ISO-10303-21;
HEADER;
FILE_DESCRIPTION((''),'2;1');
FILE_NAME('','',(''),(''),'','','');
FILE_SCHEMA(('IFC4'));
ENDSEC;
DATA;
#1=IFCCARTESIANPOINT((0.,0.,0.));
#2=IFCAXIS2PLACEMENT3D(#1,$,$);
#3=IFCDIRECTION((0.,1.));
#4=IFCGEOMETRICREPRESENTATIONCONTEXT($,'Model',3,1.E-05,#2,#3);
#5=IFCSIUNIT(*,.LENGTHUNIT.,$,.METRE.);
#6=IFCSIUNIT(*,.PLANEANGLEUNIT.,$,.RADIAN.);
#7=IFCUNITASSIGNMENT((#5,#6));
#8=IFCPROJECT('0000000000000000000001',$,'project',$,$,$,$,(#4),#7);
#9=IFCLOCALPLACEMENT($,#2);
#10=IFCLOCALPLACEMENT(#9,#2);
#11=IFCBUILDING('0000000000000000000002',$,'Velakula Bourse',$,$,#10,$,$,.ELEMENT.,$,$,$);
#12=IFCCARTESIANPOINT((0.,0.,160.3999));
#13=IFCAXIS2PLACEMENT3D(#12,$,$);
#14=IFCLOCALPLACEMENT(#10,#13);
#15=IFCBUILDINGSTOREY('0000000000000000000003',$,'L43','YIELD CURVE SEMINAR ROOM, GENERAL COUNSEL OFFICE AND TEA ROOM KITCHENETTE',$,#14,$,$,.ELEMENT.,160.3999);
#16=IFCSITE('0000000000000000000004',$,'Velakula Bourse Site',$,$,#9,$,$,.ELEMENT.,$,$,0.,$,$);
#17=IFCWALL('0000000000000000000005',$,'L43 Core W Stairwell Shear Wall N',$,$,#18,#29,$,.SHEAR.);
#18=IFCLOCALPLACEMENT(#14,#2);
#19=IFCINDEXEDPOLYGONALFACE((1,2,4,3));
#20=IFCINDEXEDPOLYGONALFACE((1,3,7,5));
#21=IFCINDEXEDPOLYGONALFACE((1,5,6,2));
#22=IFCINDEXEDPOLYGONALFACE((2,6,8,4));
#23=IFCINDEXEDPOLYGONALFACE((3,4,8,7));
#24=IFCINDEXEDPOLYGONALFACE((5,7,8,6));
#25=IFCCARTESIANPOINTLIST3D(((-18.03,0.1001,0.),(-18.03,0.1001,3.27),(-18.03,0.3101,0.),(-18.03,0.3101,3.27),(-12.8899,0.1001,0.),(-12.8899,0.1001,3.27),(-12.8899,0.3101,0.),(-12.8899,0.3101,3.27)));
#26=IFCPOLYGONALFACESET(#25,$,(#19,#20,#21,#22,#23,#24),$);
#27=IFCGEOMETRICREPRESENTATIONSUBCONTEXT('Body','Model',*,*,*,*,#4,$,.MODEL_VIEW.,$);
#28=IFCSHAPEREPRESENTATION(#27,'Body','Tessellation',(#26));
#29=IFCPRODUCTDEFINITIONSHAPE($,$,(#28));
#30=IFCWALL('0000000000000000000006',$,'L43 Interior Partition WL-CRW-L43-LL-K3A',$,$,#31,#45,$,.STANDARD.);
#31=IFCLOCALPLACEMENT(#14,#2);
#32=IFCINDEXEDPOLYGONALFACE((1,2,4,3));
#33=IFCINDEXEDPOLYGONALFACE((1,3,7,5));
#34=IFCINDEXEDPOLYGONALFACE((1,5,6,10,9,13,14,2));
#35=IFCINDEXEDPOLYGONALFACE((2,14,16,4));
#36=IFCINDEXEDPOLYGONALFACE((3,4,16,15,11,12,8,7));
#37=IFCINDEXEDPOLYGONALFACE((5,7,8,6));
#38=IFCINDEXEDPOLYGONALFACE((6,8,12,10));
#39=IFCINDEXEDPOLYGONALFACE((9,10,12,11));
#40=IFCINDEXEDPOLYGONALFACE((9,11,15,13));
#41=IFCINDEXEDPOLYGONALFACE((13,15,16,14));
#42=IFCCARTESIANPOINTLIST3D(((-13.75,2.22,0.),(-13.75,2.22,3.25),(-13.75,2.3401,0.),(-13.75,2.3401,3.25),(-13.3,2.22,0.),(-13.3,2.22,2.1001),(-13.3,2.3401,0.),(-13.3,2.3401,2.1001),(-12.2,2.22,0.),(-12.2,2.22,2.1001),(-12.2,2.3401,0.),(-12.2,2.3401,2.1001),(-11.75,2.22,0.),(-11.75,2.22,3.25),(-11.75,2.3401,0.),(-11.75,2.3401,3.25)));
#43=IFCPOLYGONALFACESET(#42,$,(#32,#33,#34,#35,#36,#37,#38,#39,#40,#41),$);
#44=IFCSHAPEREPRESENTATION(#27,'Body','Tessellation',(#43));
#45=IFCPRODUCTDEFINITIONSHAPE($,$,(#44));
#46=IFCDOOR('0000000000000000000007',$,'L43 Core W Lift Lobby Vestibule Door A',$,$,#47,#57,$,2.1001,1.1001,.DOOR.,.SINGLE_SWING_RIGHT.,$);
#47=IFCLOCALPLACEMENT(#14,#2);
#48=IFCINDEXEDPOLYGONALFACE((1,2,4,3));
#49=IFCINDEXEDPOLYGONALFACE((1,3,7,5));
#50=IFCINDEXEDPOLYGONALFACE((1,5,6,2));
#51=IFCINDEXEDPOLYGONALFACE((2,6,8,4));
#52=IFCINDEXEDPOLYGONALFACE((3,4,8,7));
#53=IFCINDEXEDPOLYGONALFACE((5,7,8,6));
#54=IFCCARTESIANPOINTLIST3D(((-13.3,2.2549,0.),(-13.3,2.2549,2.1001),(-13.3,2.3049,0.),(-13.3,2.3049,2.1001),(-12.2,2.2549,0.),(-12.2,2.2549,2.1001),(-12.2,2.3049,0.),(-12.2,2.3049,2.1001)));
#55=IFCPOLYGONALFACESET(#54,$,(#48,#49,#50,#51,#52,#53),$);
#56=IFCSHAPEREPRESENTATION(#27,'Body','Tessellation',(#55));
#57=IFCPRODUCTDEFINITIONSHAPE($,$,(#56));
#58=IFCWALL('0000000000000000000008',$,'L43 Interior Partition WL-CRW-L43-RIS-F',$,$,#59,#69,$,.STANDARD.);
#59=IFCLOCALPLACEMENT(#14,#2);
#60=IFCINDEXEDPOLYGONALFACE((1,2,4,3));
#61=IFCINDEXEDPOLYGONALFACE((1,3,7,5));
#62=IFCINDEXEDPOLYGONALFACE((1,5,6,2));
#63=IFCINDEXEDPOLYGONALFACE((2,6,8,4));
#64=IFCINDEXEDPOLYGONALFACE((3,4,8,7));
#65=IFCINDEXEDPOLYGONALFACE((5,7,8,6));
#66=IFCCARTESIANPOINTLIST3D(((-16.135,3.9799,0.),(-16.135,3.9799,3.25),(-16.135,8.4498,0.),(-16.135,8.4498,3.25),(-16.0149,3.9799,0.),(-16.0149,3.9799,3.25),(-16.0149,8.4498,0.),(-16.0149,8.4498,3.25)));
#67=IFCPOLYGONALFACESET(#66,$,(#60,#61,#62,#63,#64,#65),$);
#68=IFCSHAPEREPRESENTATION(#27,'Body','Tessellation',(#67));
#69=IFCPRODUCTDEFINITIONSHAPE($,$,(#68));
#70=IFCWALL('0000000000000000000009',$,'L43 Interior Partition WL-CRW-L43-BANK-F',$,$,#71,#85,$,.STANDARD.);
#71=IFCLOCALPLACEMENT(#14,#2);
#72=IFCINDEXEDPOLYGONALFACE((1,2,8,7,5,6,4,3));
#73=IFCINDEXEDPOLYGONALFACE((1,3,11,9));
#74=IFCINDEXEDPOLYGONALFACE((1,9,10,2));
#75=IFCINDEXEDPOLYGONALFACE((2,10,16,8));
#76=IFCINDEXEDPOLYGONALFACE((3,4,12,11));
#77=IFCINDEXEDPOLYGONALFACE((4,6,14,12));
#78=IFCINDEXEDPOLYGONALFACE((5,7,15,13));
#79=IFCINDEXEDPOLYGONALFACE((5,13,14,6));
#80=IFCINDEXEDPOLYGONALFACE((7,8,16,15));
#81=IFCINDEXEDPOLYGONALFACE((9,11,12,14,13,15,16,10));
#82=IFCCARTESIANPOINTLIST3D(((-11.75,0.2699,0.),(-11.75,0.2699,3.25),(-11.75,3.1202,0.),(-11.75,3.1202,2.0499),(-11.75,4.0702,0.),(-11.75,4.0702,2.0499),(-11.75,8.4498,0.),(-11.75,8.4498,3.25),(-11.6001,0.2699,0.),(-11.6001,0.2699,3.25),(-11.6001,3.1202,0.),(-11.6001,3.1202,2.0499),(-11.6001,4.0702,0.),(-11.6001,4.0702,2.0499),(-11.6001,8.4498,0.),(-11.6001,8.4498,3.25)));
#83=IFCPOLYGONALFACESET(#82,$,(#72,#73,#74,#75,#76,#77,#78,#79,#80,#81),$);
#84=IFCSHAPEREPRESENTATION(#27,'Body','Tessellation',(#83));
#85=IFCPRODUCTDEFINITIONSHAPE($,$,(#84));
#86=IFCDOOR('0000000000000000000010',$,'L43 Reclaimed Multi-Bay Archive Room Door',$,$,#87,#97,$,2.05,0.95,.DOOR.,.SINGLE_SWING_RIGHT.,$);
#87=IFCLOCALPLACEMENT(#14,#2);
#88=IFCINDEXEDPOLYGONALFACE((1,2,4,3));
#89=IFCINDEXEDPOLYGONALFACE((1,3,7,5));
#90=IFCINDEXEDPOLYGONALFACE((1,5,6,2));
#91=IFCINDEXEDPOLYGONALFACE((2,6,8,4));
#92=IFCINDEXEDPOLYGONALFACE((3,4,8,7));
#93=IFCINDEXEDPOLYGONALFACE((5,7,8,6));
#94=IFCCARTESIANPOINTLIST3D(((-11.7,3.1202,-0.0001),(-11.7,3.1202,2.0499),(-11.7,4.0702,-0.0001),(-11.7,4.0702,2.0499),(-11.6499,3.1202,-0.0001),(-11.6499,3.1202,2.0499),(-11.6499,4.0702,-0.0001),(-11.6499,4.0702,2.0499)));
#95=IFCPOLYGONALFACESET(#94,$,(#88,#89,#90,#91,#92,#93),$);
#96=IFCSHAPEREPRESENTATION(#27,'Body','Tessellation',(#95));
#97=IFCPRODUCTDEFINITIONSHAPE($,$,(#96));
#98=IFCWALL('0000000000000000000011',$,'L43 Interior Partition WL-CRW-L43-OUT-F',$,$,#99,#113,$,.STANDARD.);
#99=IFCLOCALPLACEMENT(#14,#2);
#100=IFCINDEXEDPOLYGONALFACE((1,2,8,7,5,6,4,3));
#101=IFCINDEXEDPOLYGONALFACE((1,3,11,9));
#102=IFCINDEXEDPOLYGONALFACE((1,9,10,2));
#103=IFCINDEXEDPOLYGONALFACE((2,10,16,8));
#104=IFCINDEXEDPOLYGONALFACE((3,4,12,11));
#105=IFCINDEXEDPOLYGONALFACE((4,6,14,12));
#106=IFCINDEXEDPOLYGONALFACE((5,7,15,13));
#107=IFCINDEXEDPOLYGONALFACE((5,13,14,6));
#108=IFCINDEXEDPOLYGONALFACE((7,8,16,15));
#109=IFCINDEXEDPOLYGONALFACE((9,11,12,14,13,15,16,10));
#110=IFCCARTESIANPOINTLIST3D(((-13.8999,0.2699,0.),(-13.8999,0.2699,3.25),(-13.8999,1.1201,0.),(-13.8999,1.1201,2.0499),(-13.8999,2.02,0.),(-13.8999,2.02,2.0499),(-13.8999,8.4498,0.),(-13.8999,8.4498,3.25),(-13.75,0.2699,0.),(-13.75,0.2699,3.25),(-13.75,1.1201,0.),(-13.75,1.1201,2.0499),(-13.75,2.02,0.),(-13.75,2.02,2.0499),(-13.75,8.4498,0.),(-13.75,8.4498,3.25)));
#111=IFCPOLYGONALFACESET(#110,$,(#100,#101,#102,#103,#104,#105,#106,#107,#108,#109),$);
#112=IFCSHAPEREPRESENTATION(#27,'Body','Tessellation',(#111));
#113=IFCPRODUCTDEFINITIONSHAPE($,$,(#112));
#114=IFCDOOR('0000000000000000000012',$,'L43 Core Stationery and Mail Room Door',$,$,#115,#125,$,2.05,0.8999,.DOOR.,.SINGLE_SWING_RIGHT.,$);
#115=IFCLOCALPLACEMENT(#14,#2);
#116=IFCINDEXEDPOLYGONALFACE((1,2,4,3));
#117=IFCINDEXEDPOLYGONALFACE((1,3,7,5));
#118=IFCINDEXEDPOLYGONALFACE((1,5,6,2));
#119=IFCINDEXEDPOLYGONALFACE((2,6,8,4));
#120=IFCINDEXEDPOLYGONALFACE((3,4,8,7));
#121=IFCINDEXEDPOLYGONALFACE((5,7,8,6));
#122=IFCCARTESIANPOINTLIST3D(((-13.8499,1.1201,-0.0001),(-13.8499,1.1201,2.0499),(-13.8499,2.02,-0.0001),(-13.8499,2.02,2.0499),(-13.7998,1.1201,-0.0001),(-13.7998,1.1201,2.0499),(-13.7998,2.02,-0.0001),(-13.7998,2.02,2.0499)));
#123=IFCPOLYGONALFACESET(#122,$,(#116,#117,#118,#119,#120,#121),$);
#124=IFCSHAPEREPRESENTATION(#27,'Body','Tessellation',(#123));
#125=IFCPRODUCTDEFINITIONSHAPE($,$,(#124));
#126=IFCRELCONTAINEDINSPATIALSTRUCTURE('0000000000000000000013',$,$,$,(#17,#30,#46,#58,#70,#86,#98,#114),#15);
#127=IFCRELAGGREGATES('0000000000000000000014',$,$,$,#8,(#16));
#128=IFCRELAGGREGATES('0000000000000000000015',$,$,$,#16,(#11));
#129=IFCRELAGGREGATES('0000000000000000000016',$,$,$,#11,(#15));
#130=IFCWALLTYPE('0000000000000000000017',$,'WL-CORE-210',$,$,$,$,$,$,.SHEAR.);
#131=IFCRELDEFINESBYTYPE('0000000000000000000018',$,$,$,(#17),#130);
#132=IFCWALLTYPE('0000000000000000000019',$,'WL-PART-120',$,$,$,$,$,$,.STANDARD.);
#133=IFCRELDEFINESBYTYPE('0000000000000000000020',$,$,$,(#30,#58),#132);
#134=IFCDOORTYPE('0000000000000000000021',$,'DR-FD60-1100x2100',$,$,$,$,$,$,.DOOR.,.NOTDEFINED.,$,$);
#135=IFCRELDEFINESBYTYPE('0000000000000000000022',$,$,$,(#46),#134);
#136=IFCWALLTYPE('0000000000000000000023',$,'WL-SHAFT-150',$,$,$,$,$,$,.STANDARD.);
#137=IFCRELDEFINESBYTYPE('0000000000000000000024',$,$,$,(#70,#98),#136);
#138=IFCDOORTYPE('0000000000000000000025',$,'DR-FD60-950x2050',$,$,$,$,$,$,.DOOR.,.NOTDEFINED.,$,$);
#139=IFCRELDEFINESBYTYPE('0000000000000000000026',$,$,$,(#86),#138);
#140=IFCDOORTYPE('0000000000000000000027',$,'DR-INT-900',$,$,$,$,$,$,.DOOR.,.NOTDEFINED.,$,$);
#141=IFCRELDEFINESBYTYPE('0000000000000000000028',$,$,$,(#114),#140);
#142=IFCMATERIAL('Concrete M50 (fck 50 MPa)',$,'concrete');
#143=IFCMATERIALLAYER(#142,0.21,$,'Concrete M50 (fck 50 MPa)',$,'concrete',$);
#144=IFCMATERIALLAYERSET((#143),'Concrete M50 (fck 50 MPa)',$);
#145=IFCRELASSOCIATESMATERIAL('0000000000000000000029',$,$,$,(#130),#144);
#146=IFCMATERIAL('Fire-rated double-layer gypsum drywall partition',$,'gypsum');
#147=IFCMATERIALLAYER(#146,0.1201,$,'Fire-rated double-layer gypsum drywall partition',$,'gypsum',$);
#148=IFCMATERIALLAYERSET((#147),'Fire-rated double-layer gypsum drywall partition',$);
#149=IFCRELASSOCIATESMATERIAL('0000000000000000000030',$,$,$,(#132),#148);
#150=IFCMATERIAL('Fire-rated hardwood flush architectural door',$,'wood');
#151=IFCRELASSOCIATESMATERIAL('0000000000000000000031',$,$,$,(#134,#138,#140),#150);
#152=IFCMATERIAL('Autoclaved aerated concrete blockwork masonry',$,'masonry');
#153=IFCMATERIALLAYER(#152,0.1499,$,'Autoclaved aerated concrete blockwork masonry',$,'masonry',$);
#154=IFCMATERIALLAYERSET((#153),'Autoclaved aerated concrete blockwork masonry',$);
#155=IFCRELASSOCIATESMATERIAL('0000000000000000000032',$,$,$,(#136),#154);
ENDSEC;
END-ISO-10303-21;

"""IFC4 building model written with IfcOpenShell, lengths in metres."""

from ifc_helpers import new_model, si_unit, direction, frame, frame_2d, origin, place, context, subcontext, project, spatial, rectangle, extrude, material, layer, layer_set, type_object, element, fill, save


model = new_model("IFC4")

# Units and contexts
model_context = context("Model", 3, precision=1e-05, world=origin(), true_north=direction((0.0, 1.0)))
body_context = subcontext(model_context, "Body", "Model", "MODEL_VIEW")
ifc_project = project(units=[si_unit("LENGTHUNIT", "METRE"), si_unit("PLANEANGLEUNIT", "RADIAN")], contexts=[model_context])

# Site, building, storey
site_placement = place(None, origin())
site = spatial("IfcSite", under=ifc_project, at=site_placement, Name="Velakula Bourse Site", CompositionType="ELEMENT", RefElevation=0.0)
building_placement = place(site_placement, origin())
building = spatial("IfcBuilding", under=site, at=building_placement, Name="Velakula Bourse", CompositionType="ELEMENT")
storey_placement = place(building_placement, frame((0.0, 0.0, 160.3999)))
storey = spatial("IfcBuildingStorey", under=building, at=storey_placement, Name="L43", Description="YIELD CURVE SEMINAR ROOM, GENERAL COUNSEL OFFICE AND TEA ROOM KITCHENETTE", CompositionType="ELEMENT", Elevation=160.3999)

# Wall
ifc_material_1 = material(Name="Concrete M50 (fck 50 MPa)", Category="concrete")
ifc_layer_1 = layer(ifc_material_1, 0.21, Name="Concrete M50 (fck 50 MPa)", Category="concrete")
ifc_layer_set_1 = layer_set([ifc_layer_1], Name="Concrete M50 (fck 50 MPa)")
wall_type_1 = type_object("IfcWallType", Name="WL-CORE-210", PredefinedType="SHEAR", material=ifc_layer_set_1)
wall_1_placement = place(storey_placement, frame((-12.8899, 0.2051, 0.0), z_axis=(0.0, 0.0, 1.0), x_axis=(-1.0, 0.0, 0.0)))
element("IfcWall", 1, at=wall_1_placement, inside=storey, type_object=wall_type_1, Name="L43 Core W Stairwell Shear Wall N", PredefinedType="SHEAR", context=body_context, shape_type="SweptSolid", body=[
    extrude(rectangle(XDim=5.1401, YDim=0.21, at=frame_2d((2.5701, 0.0))), origin(), (0.0, 0.0, 1.0), 3.27),
])

# Wall, opening, door
ifc_material_2 = material(Name="Fire-rated double-layer gypsum drywall partition", Category="gypsum")
ifc_layer_2 = layer(ifc_material_2, 0.1201, Name="Fire-rated double-layer gypsum drywall partition", Category="gypsum")
ifc_layer_set_2 = layer_set([ifc_layer_2], Name="Fire-rated double-layer gypsum drywall partition")
wall_type_2 = type_object("IfcWallType", Name="WL-PART-120", PredefinedType="STANDARD", material=ifc_layer_set_2)
wall_2_placement = place(storey_placement, frame((-13.75, 2.28, 0.0), z_axis=(0.0, 0.0, 1.0), x_axis=(1.0, 0.0, 0.0)))
wall_2 = element("IfcWall", 2, at=wall_2_placement, inside=storey, type_object=wall_type_2, Name="L43 Interior Partition WL-CRW-L43-LL-K3A", PredefinedType="STANDARD", context=body_context, shape_type="SweptSolid", body=[
    extrude(rectangle(XDim=2.0, YDim=0.1201, at=frame_2d((1.0, 0.0))), origin(), (0.0, 0.0, 1.0), 3.25),
])
opening_1_placement = place(wall_2_placement, frame((0.45, 0.0, 0.0)))
opening_1 = element("IfcOpeningElement", 3, at=opening_1_placement, cuts=wall_2, PredefinedType="OPENING", context=body_context, shape_type="SweptSolid", body=[
    extrude(rectangle(XDim=1.1001, YDim=2.1001, at=frame_2d((0.55, 1.05))), frame((0.0, 0.0701, 0.0), z_axis=(0.0, -1.0, 0.0), x_axis=(1.0, 0.0, 0.0)), (0.0, 0.0, 1.0), 0.1401),
])
ifc_material_3 = material(Name="Fire-rated hardwood flush architectural door", Category="wood")
door_type_1 = type_object("IfcDoorType", Name="DR-FD60-1100x2100", OperationType="NOTDEFINED", PredefinedType="DOOR", material=ifc_material_3)
door_1_placement = place(opening_1_placement, origin())
door_1 = element("IfcDoor", 4, at=door_1_placement, inside=storey, type_object=door_type_1, Name="L43 Core W Lift Lobby Vestibule Door A", OperationType="SINGLE_SWING_RIGHT", OverallHeight=2.1001, OverallWidth=1.1001, PredefinedType="DOOR", context=body_context, shape_type="SweptSolid", body=[
    extrude(rectangle(XDim=1.1001, YDim=2.1001, at=frame_2d((0.55, 1.05))), frame((0.0, 0.0249, 0.0), z_axis=(0.0, -1.0, 0.0), x_axis=(1.0, 0.0, 0.0)), (0.0, 0.0, 1.0), 0.05),
])
fill(opening_1, door_1)

# Wall
wall_3_placement = place(storey_placement, frame((-16.075, 3.98, 0.0), z_axis=(0.0, 0.0, 1.0), x_axis=(0.0, 1.0, 0.0)))
element("IfcWall", 5, at=wall_3_placement, inside=storey, type_object=wall_type_2, Name="L43 Interior Partition WL-CRW-L43-RIS-F", PredefinedType="STANDARD", context=body_context, shape_type="SweptSolid", body=[
    extrude(rectangle(XDim=4.47, YDim=0.1201, at=frame_2d((2.2349, 0.0))), origin(), (0.0, 0.0, 1.0), 3.25),
])

# Walls, openings, doors
ifc_material_4 = material(Name="Autoclaved aerated concrete blockwork masonry", Category="masonry")
ifc_layer_3 = layer(ifc_material_4, 0.1499, Name="Autoclaved aerated concrete blockwork masonry", Category="masonry")
ifc_layer_set_3 = layer_set([ifc_layer_3], Name="Autoclaved aerated concrete blockwork masonry")
wall_type_3 = type_object("IfcWallType", Name="WL-SHAFT-150", PredefinedType="STANDARD", material=ifc_layer_set_3)
wall_4_placement = place(storey_placement, frame((-11.675, 0.27, 0.0), z_axis=(0.0, 0.0, 1.0), x_axis=(0.0, 1.0, 0.0)))
wall_4 = element("IfcWall", 6, at=wall_4_placement, inside=storey, type_object=wall_type_3, Name="L43 Interior Partition WL-CRW-L43-BANK-F", PredefinedType="STANDARD", context=body_context, shape_type="SweptSolid", body=[
    extrude(rectangle(XDim=8.1799, YDim=0.1499, at=frame_2d((4.0898, 0.0))), origin(), (0.0, 0.0, 1.0), 3.25),
])
opening_2_placement = place(wall_4_placement, frame((2.8501, 0.0, 0.0)))
opening_2 = element("IfcOpeningElement", 7, at=opening_2_placement, cuts=wall_4, PredefinedType="OPENING", context=body_context, shape_type="SweptSolid", body=[
    extrude(rectangle(XDim=0.95, YDim=2.05, at=frame_2d((0.4751, 1.0249))), frame((0.0, 0.085, 0.0), z_axis=(0.0, -1.0, 0.0), x_axis=(1.0, 0.0, 0.0)), (0.0, 0.0, 1.0), 0.1699),
])
door_type_2 = type_object("IfcDoorType", Name="DR-FD60-950x2050", OperationType="NOTDEFINED", PredefinedType="DOOR", material=ifc_material_3)
door_2_placement = place(opening_2_placement, origin())
door_2 = element("IfcDoor", 8, at=door_2_placement, inside=storey, type_object=door_type_2, Name="L43 Reclaimed Multi-Bay Archive Room Door", OperationType="SINGLE_SWING_RIGHT", OverallHeight=2.05, OverallWidth=0.95, PredefinedType="DOOR", context=body_context, shape_type="SweptSolid", body=[
    extrude(rectangle(XDim=0.95, YDim=2.05, at=frame_2d((0.4751, 1.0249))), frame((0.0, 0.0249, 0.0), z_axis=(0.0, -1.0, 0.0), x_axis=(1.0, 0.0, 0.0)), (0.0, 0.0, 1.0), 0.05),
])
fill(opening_2, door_2)
wall_5_placement = place(storey_placement, frame((-13.825, 0.27, 0.0), z_axis=(0.0, 0.0, 1.0), x_axis=(0.0, 1.0, 0.0)))
wall_5 = element("IfcWall", 9, at=wall_5_placement, inside=storey, type_object=wall_type_3, Name="L43 Interior Partition WL-CRW-L43-OUT-F", PredefinedType="STANDARD", context=body_context, shape_type="SweptSolid", body=[
    extrude(rectangle(XDim=8.1799, YDim=0.1499, at=frame_2d((4.0898, 0.0))), origin(), (0.0, 0.0, 1.0), 3.25),
])
opening_3_placement = place(wall_5_placement, frame((0.8501, 0.0, 0.0)))
opening_3 = element("IfcOpeningElement", 10, at=opening_3_placement, cuts=wall_5, PredefinedType="OPENING", context=body_context, shape_type="SweptSolid", body=[
    extrude(rectangle(XDim=0.8999, YDim=2.05, at=frame_2d((0.45, 1.0249))), frame((0.0, 0.085, 0.0), z_axis=(0.0, -1.0, 0.0), x_axis=(1.0, 0.0, 0.0)), (0.0, 0.0, 1.0), 0.1699),
])
door_type_3 = type_object("IfcDoorType", Name="DR-INT-900", OperationType="NOTDEFINED", PredefinedType="DOOR", material=ifc_material_3)
door_3_placement = place(opening_3_placement, origin())
door_3 = element("IfcDoor", 11, at=door_3_placement, inside=storey, type_object=door_type_3, Name="L43 Core Stationery and Mail Room Door", OperationType="SINGLE_SWING_RIGHT", OverallHeight=2.05, OverallWidth=0.8999, PredefinedType="DOOR", context=body_context, shape_type="SweptSolid", body=[
    extrude(rectangle(XDim=0.8999, YDim=2.05, at=frame_2d((0.45, 1.0249))), frame((0.0, 0.0249, 0.0), z_axis=(0.0, -1.0, 0.0), x_axis=(1.0, 0.0, 0.0)), (0.0, 0.0, 1.0), 0.05),
])
fill(opening_3, door_3)

save(model, "model.ifc")
